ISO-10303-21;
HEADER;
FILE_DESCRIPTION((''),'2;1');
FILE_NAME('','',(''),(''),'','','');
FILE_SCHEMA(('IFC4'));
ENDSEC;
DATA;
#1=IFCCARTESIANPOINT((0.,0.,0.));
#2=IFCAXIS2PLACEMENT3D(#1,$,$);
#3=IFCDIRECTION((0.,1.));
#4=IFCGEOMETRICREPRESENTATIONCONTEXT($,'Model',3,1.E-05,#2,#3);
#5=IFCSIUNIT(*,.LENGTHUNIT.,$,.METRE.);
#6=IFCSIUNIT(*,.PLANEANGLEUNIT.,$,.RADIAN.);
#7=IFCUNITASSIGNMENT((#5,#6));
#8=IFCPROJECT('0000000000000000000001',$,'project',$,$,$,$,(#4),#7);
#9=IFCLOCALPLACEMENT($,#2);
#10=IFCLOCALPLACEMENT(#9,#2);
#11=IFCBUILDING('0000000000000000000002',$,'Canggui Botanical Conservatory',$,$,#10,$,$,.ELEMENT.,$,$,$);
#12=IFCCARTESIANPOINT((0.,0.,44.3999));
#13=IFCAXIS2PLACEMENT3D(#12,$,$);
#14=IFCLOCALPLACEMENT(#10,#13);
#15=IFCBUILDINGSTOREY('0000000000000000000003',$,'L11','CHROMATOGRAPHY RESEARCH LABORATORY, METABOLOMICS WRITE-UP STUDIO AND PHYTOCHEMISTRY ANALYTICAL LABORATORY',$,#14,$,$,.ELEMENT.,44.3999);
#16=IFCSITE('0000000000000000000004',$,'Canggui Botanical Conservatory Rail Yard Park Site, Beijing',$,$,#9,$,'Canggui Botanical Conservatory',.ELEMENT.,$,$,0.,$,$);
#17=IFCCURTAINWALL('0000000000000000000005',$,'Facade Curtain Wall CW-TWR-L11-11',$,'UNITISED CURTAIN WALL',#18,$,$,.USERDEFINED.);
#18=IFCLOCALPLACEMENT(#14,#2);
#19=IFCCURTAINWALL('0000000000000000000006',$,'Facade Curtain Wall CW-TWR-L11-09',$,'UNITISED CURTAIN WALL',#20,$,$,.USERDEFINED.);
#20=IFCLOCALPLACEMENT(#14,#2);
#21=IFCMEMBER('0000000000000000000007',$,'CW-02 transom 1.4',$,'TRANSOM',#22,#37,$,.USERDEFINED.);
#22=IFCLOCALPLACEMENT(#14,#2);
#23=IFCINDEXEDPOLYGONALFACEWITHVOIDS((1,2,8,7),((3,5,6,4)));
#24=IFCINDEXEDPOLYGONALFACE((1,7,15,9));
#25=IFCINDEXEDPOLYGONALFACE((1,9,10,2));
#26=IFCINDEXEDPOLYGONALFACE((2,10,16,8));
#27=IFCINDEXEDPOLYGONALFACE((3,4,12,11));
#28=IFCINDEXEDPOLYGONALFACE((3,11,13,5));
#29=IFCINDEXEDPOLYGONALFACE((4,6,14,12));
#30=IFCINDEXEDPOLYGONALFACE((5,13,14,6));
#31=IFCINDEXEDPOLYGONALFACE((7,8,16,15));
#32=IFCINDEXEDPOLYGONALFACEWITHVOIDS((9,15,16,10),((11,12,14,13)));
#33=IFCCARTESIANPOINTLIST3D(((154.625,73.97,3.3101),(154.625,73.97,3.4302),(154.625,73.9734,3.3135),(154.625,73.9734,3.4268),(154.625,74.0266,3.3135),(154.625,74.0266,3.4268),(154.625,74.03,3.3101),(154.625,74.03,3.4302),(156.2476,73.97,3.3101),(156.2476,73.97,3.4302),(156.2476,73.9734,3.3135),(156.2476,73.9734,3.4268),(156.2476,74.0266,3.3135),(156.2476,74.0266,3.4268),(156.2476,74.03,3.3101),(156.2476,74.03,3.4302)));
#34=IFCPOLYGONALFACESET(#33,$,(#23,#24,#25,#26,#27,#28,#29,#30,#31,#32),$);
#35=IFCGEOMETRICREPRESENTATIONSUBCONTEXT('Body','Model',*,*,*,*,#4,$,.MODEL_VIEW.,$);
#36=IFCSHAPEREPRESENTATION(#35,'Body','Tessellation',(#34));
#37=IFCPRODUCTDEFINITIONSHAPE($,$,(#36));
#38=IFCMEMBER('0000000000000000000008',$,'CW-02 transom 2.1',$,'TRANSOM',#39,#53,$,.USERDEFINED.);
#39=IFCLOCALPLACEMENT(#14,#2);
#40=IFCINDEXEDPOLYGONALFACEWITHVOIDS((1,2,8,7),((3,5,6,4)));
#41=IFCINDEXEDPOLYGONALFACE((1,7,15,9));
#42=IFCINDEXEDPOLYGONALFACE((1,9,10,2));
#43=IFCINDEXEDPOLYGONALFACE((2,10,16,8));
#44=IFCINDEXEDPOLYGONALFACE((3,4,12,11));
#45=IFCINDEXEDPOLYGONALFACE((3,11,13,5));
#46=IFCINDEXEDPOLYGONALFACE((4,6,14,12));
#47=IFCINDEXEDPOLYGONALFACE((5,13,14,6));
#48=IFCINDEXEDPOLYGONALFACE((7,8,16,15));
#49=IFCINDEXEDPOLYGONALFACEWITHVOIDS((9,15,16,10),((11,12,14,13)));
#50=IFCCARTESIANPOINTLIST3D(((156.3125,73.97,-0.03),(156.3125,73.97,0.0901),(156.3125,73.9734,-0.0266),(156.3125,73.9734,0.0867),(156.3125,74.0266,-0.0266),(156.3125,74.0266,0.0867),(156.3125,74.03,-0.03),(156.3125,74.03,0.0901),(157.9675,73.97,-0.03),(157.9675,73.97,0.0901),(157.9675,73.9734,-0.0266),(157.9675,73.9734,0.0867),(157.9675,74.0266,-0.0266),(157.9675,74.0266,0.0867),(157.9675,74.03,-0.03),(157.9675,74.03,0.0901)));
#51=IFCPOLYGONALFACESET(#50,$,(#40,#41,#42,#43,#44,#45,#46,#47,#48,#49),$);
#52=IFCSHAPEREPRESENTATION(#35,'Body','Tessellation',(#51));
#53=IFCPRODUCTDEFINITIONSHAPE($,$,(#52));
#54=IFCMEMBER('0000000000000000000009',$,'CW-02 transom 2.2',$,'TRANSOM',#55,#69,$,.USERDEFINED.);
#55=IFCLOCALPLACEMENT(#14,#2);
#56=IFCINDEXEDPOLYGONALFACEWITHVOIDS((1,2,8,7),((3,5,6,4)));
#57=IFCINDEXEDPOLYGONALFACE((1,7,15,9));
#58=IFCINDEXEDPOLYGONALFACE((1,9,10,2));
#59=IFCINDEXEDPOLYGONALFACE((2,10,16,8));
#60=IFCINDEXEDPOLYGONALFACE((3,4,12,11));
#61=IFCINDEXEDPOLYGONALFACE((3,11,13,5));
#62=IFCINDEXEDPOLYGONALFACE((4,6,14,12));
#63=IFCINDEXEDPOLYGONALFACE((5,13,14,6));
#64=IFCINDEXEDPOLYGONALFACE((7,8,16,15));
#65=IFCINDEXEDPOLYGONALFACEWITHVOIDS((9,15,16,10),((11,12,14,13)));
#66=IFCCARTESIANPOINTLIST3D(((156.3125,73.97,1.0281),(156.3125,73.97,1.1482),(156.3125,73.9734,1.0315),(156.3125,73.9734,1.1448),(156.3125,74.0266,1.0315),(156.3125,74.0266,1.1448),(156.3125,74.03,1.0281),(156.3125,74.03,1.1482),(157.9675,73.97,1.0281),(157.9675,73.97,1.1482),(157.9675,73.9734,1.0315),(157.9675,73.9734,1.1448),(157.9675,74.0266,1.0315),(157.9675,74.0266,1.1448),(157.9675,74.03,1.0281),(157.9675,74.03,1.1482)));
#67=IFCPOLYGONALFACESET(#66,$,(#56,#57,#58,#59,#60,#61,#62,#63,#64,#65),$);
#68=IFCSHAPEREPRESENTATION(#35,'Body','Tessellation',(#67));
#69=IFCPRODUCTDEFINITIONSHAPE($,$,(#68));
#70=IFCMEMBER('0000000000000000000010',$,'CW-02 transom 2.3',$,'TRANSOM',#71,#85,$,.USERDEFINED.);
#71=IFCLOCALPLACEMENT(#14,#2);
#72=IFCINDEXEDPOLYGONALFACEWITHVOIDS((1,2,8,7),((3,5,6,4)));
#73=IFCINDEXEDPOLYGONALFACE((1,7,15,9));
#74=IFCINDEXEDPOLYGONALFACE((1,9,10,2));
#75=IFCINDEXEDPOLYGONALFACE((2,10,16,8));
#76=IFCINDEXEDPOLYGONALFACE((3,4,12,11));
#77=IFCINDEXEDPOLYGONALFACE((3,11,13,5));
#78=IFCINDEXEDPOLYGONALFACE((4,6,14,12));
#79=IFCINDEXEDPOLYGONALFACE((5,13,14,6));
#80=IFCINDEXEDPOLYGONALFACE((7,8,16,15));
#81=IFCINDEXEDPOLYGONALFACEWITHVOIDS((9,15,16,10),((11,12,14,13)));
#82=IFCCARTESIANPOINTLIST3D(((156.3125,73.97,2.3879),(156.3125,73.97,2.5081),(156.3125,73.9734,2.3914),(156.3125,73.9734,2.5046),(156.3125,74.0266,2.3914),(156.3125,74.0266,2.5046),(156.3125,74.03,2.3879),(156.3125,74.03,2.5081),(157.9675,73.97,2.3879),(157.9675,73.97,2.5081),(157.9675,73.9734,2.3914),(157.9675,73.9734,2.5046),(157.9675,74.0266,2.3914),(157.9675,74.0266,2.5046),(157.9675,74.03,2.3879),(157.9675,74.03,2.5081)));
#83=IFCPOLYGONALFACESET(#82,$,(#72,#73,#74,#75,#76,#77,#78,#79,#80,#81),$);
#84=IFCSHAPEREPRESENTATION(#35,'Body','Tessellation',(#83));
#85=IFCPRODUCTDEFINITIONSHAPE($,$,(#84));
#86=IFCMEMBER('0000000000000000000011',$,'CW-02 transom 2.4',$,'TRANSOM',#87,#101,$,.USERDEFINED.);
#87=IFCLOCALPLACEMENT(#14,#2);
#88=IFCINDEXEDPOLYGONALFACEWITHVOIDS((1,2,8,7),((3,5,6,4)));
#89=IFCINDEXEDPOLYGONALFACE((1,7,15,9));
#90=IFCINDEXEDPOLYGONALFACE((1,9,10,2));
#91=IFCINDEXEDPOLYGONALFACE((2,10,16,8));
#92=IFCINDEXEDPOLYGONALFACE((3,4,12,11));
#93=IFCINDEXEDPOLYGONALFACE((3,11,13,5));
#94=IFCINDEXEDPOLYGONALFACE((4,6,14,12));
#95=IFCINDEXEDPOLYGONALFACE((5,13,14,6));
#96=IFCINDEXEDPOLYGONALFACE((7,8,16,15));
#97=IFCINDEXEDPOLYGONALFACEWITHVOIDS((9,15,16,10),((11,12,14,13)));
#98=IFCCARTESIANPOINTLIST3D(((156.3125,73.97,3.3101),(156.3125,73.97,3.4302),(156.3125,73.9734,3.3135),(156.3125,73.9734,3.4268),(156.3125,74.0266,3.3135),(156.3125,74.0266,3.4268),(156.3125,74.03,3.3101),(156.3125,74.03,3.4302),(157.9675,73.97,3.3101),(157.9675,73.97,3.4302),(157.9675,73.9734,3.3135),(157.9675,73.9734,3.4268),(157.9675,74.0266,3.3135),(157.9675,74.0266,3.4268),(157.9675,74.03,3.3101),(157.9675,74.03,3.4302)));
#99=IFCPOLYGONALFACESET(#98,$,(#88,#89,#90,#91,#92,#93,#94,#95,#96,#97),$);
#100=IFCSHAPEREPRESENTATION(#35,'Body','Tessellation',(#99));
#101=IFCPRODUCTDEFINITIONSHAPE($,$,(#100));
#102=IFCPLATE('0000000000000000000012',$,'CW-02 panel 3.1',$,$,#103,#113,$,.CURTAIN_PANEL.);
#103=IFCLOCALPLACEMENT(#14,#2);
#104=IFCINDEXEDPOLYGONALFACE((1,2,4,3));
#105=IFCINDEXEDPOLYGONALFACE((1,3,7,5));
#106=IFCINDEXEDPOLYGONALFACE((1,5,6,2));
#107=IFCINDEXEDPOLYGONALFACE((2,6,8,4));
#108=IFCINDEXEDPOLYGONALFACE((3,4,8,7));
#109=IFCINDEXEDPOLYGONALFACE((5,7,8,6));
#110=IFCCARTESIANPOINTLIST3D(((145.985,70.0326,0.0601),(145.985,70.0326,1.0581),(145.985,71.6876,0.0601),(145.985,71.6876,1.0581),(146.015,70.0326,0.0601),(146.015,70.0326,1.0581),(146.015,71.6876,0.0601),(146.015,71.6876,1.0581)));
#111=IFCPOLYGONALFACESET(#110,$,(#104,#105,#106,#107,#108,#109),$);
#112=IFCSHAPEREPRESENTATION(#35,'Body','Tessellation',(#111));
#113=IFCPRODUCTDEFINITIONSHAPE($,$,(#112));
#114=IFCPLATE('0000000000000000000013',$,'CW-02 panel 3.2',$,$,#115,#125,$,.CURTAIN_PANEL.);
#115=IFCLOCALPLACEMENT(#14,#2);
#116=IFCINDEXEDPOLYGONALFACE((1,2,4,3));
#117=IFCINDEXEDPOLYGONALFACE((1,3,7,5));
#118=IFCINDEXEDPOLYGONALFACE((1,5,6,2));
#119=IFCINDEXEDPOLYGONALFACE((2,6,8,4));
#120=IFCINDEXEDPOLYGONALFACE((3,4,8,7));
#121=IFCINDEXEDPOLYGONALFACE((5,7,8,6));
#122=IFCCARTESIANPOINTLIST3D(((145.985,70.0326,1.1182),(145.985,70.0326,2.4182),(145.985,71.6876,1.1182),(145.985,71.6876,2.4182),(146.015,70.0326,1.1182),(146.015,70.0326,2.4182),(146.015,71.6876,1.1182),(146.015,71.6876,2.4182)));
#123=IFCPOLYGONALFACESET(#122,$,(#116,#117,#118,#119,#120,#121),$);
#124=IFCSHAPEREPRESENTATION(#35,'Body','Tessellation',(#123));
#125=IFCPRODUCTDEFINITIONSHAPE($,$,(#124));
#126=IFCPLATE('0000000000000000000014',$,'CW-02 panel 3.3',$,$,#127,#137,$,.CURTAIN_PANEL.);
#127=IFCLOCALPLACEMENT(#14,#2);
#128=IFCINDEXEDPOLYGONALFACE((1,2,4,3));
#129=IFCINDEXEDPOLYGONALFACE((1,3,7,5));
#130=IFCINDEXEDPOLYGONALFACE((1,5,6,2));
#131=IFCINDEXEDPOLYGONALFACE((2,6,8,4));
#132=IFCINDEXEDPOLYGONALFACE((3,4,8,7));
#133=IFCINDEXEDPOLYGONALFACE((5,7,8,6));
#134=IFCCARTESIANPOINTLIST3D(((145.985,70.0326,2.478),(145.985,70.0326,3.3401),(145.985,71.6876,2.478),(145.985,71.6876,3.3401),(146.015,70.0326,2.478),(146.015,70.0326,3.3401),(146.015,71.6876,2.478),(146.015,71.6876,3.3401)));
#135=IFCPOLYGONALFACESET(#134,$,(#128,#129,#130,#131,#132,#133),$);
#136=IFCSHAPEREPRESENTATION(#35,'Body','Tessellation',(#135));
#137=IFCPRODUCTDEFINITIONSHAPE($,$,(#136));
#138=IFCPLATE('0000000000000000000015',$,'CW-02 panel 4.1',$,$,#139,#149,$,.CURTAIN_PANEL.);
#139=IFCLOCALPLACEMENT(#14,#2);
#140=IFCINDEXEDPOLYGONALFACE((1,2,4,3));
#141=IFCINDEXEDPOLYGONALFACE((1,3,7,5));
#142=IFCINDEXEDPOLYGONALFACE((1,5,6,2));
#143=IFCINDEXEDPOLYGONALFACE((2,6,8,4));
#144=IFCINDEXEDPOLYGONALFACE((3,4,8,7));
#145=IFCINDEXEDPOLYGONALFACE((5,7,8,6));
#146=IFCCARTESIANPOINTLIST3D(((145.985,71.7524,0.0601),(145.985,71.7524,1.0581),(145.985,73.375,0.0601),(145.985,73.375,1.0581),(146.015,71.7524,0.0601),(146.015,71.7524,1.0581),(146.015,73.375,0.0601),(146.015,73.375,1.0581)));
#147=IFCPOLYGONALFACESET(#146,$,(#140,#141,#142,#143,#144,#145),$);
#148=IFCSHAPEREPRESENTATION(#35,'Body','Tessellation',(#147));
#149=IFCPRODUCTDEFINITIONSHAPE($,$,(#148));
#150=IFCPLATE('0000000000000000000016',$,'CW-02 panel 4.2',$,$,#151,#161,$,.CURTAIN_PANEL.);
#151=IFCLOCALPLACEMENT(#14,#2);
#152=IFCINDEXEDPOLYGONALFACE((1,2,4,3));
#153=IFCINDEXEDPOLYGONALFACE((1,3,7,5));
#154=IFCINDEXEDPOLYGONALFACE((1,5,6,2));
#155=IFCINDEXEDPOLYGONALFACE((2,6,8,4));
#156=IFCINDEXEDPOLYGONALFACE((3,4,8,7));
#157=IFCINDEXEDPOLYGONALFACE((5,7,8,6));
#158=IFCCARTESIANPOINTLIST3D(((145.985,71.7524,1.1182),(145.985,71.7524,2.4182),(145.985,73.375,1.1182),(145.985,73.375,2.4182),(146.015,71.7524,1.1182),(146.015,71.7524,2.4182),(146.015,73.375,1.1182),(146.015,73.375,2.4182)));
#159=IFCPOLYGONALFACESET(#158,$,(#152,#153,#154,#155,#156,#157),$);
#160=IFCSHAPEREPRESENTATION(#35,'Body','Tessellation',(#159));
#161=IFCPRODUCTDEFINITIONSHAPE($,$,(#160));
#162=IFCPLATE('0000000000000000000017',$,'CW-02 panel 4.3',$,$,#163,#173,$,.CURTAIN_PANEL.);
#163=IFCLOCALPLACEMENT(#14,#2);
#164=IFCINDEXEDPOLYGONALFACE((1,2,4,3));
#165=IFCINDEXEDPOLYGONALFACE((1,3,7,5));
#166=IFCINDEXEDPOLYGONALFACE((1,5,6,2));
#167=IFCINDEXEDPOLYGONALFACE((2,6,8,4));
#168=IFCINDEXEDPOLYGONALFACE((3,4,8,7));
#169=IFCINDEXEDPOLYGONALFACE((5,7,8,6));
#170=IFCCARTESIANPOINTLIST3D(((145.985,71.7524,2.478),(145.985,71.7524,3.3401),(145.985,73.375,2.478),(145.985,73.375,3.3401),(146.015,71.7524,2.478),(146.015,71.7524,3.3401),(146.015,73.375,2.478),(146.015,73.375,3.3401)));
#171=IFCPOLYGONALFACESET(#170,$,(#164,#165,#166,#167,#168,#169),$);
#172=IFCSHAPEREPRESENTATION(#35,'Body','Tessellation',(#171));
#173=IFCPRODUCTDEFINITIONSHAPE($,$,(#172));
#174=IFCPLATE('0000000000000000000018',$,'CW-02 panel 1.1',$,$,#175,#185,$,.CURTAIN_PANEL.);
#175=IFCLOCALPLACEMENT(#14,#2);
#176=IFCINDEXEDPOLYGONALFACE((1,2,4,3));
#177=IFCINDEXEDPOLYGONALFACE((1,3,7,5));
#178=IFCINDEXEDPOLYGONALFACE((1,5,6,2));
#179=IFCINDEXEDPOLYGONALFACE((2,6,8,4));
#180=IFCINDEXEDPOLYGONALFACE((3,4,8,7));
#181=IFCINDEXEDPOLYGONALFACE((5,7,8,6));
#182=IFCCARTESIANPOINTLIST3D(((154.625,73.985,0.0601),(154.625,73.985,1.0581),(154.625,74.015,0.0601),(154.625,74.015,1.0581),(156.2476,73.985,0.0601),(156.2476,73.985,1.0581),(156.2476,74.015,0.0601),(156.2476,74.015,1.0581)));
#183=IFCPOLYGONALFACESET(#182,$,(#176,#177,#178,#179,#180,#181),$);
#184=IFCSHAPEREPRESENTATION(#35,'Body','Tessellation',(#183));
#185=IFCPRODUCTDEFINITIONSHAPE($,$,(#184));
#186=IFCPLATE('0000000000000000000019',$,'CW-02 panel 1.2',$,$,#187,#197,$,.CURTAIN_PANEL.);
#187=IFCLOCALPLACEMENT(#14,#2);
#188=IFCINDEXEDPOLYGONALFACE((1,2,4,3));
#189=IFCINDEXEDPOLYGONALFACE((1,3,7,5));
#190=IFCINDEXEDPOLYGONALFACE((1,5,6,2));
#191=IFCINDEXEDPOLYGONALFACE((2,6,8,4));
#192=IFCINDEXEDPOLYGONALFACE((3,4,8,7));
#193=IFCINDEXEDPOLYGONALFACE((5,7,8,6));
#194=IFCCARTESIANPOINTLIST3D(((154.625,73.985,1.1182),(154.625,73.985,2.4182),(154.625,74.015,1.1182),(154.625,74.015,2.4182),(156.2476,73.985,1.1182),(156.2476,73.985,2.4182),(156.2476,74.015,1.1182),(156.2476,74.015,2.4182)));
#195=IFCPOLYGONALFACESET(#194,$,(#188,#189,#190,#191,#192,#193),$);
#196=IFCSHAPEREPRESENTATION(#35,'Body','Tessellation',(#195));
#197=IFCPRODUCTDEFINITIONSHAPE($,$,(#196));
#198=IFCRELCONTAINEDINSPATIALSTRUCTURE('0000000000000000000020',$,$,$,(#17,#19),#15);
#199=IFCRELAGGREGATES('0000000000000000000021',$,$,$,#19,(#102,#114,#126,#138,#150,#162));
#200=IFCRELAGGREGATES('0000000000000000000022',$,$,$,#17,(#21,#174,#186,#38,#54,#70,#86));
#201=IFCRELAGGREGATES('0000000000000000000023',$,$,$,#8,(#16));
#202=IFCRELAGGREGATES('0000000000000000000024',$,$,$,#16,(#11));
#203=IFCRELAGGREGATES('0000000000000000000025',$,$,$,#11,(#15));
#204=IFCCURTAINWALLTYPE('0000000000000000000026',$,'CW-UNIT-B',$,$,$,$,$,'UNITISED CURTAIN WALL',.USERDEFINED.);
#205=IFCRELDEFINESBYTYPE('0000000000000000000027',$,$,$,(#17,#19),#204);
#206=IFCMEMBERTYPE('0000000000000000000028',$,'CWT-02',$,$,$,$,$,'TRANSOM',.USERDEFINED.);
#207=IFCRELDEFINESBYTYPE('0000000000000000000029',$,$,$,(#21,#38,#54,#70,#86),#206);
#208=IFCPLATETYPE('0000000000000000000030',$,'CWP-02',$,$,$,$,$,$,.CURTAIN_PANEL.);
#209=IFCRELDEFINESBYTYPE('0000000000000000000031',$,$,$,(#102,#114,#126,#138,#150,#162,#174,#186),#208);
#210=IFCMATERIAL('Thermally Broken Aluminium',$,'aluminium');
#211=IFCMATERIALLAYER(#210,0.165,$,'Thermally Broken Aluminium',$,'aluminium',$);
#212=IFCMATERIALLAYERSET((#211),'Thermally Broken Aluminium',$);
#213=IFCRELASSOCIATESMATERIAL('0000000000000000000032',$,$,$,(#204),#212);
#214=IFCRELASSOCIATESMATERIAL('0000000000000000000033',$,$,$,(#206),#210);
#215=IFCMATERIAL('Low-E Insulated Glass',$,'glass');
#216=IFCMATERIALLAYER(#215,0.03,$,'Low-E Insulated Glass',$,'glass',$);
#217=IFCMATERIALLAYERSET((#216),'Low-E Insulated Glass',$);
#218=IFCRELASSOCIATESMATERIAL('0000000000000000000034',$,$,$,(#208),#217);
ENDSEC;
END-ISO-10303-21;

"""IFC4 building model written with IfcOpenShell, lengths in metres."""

from ifc_helpers import new_model, si_unit, direction, frame, origin, origin_2d, place, context, subcontext, project, spatial, rectangle, hollow_rectangle, extrude, material, layer, layer_set, material_profile, profile_set, type_object, element, aggregate, save


model = new_model("IFC4")

# Units and contexts
model_context = context("Model", 3, precision=1e-05, world=origin(), true_north=direction((0.0, 1.0)))
body_context = subcontext(model_context, "Body", "Model", "MODEL_VIEW")
ifc_project = project(units=[si_unit("LENGTHUNIT", "METRE"), si_unit("PLANEANGLEUNIT", "RADIAN")], contexts=[model_context])

# Site, building, storey
site_placement = place(None, origin())
site = spatial("IfcSite", under=ifc_project, at=site_placement, Name="Canggui Botanical Conservatory Rail Yard Park Site, Beijing", LongName="Canggui Botanical Conservatory", CompositionType="ELEMENT", RefElevation=0.0)
building_placement = place(site_placement, origin())
building = spatial("IfcBuilding", under=site, at=building_placement, Name="Canggui Botanical Conservatory", CompositionType="ELEMENT")
storey_placement = place(building_placement, frame((0.0, 0.0, 44.3999)))
storey = spatial("IfcBuildingStorey", under=building, at=storey_placement, Name="L11", Description="CHROMATOGRAPHY RESEARCH LABORATORY, METABOLOMICS WRITE-UP STUDIO AND PHYTOCHEMISTRY ANALYTICAL LABORATORY", CompositionType="ELEMENT", Elevation=44.3999)

# Curtain walls
ifc_material_1 = material(Name="Thermally Broken Aluminium", Category="aluminium")
ifc_layer_1 = layer(ifc_material_1, 0.165, Name="Thermally Broken Aluminium", Category="aluminium")
ifc_layer_set_1 = layer_set([ifc_layer_1], Name="Thermally Broken Aluminium")
curtain_wall_type = type_object("IfcCurtainWallType", Name="CW-UNIT-B", ElementType="UNITISED CURTAIN WALL", PredefinedType="USERDEFINED", material=ifc_layer_set_1)
curtain_wall_1_placement = place(storey_placement, origin())
curtain_wall_1 = element("IfcCurtainWall", 1, at=curtain_wall_1_placement, inside=storey, type_object=curtain_wall_type, Name="Facade Curtain Wall CW-TWR-L11-11", ObjectType="UNITISED CURTAIN WALL", PredefinedType="USERDEFINED")
curtain_wall_2_placement = place(storey_placement, origin())
curtain_wall_2 = element("IfcCurtainWall", 2, at=curtain_wall_2_placement, inside=storey, type_object=curtain_wall_type, Name="Facade Curtain Wall CW-TWR-L11-09", ObjectType="UNITISED CURTAIN WALL", PredefinedType="USERDEFINED")
ifc_material_profile_1 = material_profile(ifc_material_1, hollow_rectangle(XDim=0.0601, YDim=0.1201, WallThickness=0.0034, at=origin_2d()), Name="CWT 60x120x3.5")
ifc_profile_set_1 = profile_set([ifc_material_profile_1], Name="Thermally Broken Aluminium")
member_type_1 = type_object("IfcMemberType", Name="CWT-02", ElementType="TRANSOM", PredefinedType="USERDEFINED", material=ifc_profile_set_1)

# Members
member_1_placement = place(storey_placement, frame((154.625, 74.0, 3.3701), z_axis=(1.0, 0.0, 0.0), x_axis=(0.0, 1.0, 0.0)))
member_1 = element("IfcMember", 3, at=member_1_placement, type_object=member_type_1, Name="CW-02 transom 1.4", ObjectType="TRANSOM", PredefinedType="USERDEFINED", context=body_context, shape_type="SweptSolid", body=[
    extrude(hollow_rectangle(XDim=0.0601, YDim=0.1201, WallThickness=0.0034, at=origin_2d()), origin(), (0.0, 0.0, 1.0), 1.6226),
])
member_2_placement = place(storey_placement, frame((156.3125, 74.0, 0.03), z_axis=(1.0, 0.0, 0.0), x_axis=(0.0, 1.0, 0.0)))
member_2 = element("IfcMember", 4, at=member_2_placement, type_object=member_type_1, Name="CW-02 transom 2.1", ObjectType="TRANSOM", PredefinedType="USERDEFINED", context=body_context, shape_type="SweptSolid", body=[
    extrude(hollow_rectangle(XDim=0.0601, YDim=0.1201, WallThickness=0.0034, at=origin_2d()), origin(), (0.0, 0.0, 1.0), 1.655),
])
member_3_placement = place(storey_placement, frame((156.3125, 74.0, 1.0881), z_axis=(1.0, 0.0, 0.0), x_axis=(0.0, 1.0, 0.0)))
member_3 = element("IfcMember", 5, at=member_3_placement, type_object=member_type_1, Name="CW-02 transom 2.2", ObjectType="TRANSOM", PredefinedType="USERDEFINED", context=body_context, shape_type="SweptSolid", body=[
    extrude(hollow_rectangle(XDim=0.0601, YDim=0.1201, WallThickness=0.0034, at=origin_2d()), origin(), (0.0, 0.0, 1.0), 1.655),
])
member_4_placement = place(storey_placement, frame((156.3125, 74.0, 2.448), z_axis=(1.0, 0.0, 0.0), x_axis=(0.0, 1.0, 0.0)))
member_4 = element("IfcMember", 6, at=member_4_placement, type_object=member_type_1, Name="CW-02 transom 2.3", ObjectType="TRANSOM", PredefinedType="USERDEFINED", context=body_context, shape_type="SweptSolid", body=[
    extrude(hollow_rectangle(XDim=0.0601, YDim=0.1201, WallThickness=0.0034, at=origin_2d()), origin(), (0.0, 0.0, 1.0), 1.655),
])
member_5_placement = place(storey_placement, frame((156.3125, 74.0, 3.3701), z_axis=(1.0, 0.0, 0.0), x_axis=(0.0, 1.0, 0.0)))
member_5 = element("IfcMember", 7, at=member_5_placement, type_object=member_type_1, Name="CW-02 transom 2.4", ObjectType="TRANSOM", PredefinedType="USERDEFINED", context=body_context, shape_type="SweptSolid", body=[
    extrude(hollow_rectangle(XDim=0.0601, YDim=0.1201, WallThickness=0.0034, at=origin_2d()), origin(), (0.0, 0.0, 1.0), 1.655),
])

# Plates
ifc_material_2 = material(Name="Low-E Insulated Glass", Category="glass")
ifc_layer_2 = layer(ifc_material_2, 0.03, Name="Low-E Insulated Glass", Category="glass")
ifc_layer_set_2 = layer_set([ifc_layer_2], Name="Low-E Insulated Glass")
plate_type = type_object("IfcPlateType", Name="CWP-02", PredefinedType="CURTAIN_PANEL", material=ifc_layer_set_2)
plate_1_placement = place(storey_placement, frame((146.0, 70.8601, 0.0601), z_axis=(0.0, 0.0, 1.0), x_axis=(0.0, 1.0, 0.0)))
plate_1 = element("IfcPlate", 8, at=plate_1_placement, type_object=plate_type, Name="CW-02 panel 3.1", PredefinedType="CURTAIN_PANEL", context=body_context, shape_type="SweptSolid", body=[
    extrude(rectangle(XDim=1.655, YDim=0.03, at=origin_2d()), origin(), (0.0, 0.0, 1.0), 0.998),
])
plate_2_placement = place(storey_placement, frame((146.0, 70.8601, 1.1182), z_axis=(0.0, 0.0, 1.0), x_axis=(0.0, 1.0, 0.0)))
plate_2 = element("IfcPlate", 9, at=plate_2_placement, type_object=plate_type, Name="CW-02 panel 3.2", PredefinedType="CURTAIN_PANEL", context=body_context, shape_type="SweptSolid", body=[
    extrude(rectangle(XDim=1.655, YDim=0.03, at=origin_2d()), origin(), (0.0, 0.0, 1.0), 1.3),
])
plate_3_placement = place(storey_placement, frame((146.0, 70.8601, 2.478), z_axis=(0.0, 0.0, 1.0), x_axis=(0.0, 1.0, 0.0)))
plate_3 = element("IfcPlate", 10, at=plate_3_placement, type_object=plate_type, Name="CW-02 panel 3.3", PredefinedType="CURTAIN_PANEL", context=body_context, shape_type="SweptSolid", body=[
    extrude(rectangle(XDim=1.655, YDim=0.03, at=origin_2d()), origin(), (0.0, 0.0, 1.0), 0.8621),
])
plate_4_placement = place(storey_placement, frame((146.0, 72.5637, 0.0601), z_axis=(0.0, 0.0, 1.0), x_axis=(0.0, 1.0, 0.0)))
plate_4 = element("IfcPlate", 11, at=plate_4_placement, type_object=plate_type, Name="CW-02 panel 4.1", PredefinedType="CURTAIN_PANEL", context=body_context, shape_type="SweptSolid", body=[
    extrude(rectangle(XDim=1.6226, YDim=0.03, at=origin_2d()), origin(), (0.0, 0.0, 1.0), 0.998),
])
plate_5_placement = place(storey_placement, frame((146.0, 72.5637, 1.1182), z_axis=(0.0, 0.0, 1.0), x_axis=(0.0, 1.0, 0.0)))
plate_5 = element("IfcPlate", 12, at=plate_5_placement, type_object=plate_type, Name="CW-02 panel 4.2", PredefinedType="CURTAIN_PANEL", context=body_context, shape_type="SweptSolid", body=[
    extrude(rectangle(XDim=1.6226, YDim=0.03, at=origin_2d()), origin(), (0.0, 0.0, 1.0), 1.3),
])
plate_6_placement = place(storey_placement, frame((146.0, 72.5637, 2.478), z_axis=(0.0, 0.0, 1.0), x_axis=(0.0, 1.0, 0.0)))
plate_6 = element("IfcPlate", 13, at=plate_6_placement, type_object=plate_type, Name="CW-02 panel 4.3", PredefinedType="CURTAIN_PANEL", context=body_context, shape_type="SweptSolid", body=[
    extrude(rectangle(XDim=1.6226, YDim=0.03, at=origin_2d()), origin(), (0.0, 0.0, 1.0), 0.8621),
])
aggregate(curtain_wall_2, [plate_1, plate_2, plate_3, plate_4, plate_5, plate_6])
plate_7_placement = place(storey_placement, frame((155.4363, 74.0, 0.0601), z_axis=(0.0, 0.0, 1.0), x_axis=(1.0, 0.0, 0.0)))
plate_7 = element("IfcPlate", 14, at=plate_7_placement, type_object=plate_type, Name="CW-02 panel 1.1", PredefinedType="CURTAIN_PANEL", context=body_context, shape_type="SweptSolid", body=[
    extrude(rectangle(XDim=1.6226, YDim=0.03, at=origin_2d()), origin(), (0.0, 0.0, 1.0), 0.998),
])
plate_8_placement = place(storey_placement, frame((155.4363, 74.0, 1.1182), z_axis=(0.0, 0.0, 1.0), x_axis=(1.0, 0.0, 0.0)))
plate_8 = element("IfcPlate", 15, at=plate_8_placement, type_object=plate_type, Name="CW-02 panel 1.2", PredefinedType="CURTAIN_PANEL", context=body_context, shape_type="SweptSolid", body=[
    extrude(rectangle(XDim=1.6226, YDim=0.03, at=origin_2d()), origin(), (0.0, 0.0, 1.0), 1.3),
])
aggregate(curtain_wall_1, [member_1, plate_7, plate_8, member_2, member_3, member_4, member_5])

save(model, "model.ifc")
